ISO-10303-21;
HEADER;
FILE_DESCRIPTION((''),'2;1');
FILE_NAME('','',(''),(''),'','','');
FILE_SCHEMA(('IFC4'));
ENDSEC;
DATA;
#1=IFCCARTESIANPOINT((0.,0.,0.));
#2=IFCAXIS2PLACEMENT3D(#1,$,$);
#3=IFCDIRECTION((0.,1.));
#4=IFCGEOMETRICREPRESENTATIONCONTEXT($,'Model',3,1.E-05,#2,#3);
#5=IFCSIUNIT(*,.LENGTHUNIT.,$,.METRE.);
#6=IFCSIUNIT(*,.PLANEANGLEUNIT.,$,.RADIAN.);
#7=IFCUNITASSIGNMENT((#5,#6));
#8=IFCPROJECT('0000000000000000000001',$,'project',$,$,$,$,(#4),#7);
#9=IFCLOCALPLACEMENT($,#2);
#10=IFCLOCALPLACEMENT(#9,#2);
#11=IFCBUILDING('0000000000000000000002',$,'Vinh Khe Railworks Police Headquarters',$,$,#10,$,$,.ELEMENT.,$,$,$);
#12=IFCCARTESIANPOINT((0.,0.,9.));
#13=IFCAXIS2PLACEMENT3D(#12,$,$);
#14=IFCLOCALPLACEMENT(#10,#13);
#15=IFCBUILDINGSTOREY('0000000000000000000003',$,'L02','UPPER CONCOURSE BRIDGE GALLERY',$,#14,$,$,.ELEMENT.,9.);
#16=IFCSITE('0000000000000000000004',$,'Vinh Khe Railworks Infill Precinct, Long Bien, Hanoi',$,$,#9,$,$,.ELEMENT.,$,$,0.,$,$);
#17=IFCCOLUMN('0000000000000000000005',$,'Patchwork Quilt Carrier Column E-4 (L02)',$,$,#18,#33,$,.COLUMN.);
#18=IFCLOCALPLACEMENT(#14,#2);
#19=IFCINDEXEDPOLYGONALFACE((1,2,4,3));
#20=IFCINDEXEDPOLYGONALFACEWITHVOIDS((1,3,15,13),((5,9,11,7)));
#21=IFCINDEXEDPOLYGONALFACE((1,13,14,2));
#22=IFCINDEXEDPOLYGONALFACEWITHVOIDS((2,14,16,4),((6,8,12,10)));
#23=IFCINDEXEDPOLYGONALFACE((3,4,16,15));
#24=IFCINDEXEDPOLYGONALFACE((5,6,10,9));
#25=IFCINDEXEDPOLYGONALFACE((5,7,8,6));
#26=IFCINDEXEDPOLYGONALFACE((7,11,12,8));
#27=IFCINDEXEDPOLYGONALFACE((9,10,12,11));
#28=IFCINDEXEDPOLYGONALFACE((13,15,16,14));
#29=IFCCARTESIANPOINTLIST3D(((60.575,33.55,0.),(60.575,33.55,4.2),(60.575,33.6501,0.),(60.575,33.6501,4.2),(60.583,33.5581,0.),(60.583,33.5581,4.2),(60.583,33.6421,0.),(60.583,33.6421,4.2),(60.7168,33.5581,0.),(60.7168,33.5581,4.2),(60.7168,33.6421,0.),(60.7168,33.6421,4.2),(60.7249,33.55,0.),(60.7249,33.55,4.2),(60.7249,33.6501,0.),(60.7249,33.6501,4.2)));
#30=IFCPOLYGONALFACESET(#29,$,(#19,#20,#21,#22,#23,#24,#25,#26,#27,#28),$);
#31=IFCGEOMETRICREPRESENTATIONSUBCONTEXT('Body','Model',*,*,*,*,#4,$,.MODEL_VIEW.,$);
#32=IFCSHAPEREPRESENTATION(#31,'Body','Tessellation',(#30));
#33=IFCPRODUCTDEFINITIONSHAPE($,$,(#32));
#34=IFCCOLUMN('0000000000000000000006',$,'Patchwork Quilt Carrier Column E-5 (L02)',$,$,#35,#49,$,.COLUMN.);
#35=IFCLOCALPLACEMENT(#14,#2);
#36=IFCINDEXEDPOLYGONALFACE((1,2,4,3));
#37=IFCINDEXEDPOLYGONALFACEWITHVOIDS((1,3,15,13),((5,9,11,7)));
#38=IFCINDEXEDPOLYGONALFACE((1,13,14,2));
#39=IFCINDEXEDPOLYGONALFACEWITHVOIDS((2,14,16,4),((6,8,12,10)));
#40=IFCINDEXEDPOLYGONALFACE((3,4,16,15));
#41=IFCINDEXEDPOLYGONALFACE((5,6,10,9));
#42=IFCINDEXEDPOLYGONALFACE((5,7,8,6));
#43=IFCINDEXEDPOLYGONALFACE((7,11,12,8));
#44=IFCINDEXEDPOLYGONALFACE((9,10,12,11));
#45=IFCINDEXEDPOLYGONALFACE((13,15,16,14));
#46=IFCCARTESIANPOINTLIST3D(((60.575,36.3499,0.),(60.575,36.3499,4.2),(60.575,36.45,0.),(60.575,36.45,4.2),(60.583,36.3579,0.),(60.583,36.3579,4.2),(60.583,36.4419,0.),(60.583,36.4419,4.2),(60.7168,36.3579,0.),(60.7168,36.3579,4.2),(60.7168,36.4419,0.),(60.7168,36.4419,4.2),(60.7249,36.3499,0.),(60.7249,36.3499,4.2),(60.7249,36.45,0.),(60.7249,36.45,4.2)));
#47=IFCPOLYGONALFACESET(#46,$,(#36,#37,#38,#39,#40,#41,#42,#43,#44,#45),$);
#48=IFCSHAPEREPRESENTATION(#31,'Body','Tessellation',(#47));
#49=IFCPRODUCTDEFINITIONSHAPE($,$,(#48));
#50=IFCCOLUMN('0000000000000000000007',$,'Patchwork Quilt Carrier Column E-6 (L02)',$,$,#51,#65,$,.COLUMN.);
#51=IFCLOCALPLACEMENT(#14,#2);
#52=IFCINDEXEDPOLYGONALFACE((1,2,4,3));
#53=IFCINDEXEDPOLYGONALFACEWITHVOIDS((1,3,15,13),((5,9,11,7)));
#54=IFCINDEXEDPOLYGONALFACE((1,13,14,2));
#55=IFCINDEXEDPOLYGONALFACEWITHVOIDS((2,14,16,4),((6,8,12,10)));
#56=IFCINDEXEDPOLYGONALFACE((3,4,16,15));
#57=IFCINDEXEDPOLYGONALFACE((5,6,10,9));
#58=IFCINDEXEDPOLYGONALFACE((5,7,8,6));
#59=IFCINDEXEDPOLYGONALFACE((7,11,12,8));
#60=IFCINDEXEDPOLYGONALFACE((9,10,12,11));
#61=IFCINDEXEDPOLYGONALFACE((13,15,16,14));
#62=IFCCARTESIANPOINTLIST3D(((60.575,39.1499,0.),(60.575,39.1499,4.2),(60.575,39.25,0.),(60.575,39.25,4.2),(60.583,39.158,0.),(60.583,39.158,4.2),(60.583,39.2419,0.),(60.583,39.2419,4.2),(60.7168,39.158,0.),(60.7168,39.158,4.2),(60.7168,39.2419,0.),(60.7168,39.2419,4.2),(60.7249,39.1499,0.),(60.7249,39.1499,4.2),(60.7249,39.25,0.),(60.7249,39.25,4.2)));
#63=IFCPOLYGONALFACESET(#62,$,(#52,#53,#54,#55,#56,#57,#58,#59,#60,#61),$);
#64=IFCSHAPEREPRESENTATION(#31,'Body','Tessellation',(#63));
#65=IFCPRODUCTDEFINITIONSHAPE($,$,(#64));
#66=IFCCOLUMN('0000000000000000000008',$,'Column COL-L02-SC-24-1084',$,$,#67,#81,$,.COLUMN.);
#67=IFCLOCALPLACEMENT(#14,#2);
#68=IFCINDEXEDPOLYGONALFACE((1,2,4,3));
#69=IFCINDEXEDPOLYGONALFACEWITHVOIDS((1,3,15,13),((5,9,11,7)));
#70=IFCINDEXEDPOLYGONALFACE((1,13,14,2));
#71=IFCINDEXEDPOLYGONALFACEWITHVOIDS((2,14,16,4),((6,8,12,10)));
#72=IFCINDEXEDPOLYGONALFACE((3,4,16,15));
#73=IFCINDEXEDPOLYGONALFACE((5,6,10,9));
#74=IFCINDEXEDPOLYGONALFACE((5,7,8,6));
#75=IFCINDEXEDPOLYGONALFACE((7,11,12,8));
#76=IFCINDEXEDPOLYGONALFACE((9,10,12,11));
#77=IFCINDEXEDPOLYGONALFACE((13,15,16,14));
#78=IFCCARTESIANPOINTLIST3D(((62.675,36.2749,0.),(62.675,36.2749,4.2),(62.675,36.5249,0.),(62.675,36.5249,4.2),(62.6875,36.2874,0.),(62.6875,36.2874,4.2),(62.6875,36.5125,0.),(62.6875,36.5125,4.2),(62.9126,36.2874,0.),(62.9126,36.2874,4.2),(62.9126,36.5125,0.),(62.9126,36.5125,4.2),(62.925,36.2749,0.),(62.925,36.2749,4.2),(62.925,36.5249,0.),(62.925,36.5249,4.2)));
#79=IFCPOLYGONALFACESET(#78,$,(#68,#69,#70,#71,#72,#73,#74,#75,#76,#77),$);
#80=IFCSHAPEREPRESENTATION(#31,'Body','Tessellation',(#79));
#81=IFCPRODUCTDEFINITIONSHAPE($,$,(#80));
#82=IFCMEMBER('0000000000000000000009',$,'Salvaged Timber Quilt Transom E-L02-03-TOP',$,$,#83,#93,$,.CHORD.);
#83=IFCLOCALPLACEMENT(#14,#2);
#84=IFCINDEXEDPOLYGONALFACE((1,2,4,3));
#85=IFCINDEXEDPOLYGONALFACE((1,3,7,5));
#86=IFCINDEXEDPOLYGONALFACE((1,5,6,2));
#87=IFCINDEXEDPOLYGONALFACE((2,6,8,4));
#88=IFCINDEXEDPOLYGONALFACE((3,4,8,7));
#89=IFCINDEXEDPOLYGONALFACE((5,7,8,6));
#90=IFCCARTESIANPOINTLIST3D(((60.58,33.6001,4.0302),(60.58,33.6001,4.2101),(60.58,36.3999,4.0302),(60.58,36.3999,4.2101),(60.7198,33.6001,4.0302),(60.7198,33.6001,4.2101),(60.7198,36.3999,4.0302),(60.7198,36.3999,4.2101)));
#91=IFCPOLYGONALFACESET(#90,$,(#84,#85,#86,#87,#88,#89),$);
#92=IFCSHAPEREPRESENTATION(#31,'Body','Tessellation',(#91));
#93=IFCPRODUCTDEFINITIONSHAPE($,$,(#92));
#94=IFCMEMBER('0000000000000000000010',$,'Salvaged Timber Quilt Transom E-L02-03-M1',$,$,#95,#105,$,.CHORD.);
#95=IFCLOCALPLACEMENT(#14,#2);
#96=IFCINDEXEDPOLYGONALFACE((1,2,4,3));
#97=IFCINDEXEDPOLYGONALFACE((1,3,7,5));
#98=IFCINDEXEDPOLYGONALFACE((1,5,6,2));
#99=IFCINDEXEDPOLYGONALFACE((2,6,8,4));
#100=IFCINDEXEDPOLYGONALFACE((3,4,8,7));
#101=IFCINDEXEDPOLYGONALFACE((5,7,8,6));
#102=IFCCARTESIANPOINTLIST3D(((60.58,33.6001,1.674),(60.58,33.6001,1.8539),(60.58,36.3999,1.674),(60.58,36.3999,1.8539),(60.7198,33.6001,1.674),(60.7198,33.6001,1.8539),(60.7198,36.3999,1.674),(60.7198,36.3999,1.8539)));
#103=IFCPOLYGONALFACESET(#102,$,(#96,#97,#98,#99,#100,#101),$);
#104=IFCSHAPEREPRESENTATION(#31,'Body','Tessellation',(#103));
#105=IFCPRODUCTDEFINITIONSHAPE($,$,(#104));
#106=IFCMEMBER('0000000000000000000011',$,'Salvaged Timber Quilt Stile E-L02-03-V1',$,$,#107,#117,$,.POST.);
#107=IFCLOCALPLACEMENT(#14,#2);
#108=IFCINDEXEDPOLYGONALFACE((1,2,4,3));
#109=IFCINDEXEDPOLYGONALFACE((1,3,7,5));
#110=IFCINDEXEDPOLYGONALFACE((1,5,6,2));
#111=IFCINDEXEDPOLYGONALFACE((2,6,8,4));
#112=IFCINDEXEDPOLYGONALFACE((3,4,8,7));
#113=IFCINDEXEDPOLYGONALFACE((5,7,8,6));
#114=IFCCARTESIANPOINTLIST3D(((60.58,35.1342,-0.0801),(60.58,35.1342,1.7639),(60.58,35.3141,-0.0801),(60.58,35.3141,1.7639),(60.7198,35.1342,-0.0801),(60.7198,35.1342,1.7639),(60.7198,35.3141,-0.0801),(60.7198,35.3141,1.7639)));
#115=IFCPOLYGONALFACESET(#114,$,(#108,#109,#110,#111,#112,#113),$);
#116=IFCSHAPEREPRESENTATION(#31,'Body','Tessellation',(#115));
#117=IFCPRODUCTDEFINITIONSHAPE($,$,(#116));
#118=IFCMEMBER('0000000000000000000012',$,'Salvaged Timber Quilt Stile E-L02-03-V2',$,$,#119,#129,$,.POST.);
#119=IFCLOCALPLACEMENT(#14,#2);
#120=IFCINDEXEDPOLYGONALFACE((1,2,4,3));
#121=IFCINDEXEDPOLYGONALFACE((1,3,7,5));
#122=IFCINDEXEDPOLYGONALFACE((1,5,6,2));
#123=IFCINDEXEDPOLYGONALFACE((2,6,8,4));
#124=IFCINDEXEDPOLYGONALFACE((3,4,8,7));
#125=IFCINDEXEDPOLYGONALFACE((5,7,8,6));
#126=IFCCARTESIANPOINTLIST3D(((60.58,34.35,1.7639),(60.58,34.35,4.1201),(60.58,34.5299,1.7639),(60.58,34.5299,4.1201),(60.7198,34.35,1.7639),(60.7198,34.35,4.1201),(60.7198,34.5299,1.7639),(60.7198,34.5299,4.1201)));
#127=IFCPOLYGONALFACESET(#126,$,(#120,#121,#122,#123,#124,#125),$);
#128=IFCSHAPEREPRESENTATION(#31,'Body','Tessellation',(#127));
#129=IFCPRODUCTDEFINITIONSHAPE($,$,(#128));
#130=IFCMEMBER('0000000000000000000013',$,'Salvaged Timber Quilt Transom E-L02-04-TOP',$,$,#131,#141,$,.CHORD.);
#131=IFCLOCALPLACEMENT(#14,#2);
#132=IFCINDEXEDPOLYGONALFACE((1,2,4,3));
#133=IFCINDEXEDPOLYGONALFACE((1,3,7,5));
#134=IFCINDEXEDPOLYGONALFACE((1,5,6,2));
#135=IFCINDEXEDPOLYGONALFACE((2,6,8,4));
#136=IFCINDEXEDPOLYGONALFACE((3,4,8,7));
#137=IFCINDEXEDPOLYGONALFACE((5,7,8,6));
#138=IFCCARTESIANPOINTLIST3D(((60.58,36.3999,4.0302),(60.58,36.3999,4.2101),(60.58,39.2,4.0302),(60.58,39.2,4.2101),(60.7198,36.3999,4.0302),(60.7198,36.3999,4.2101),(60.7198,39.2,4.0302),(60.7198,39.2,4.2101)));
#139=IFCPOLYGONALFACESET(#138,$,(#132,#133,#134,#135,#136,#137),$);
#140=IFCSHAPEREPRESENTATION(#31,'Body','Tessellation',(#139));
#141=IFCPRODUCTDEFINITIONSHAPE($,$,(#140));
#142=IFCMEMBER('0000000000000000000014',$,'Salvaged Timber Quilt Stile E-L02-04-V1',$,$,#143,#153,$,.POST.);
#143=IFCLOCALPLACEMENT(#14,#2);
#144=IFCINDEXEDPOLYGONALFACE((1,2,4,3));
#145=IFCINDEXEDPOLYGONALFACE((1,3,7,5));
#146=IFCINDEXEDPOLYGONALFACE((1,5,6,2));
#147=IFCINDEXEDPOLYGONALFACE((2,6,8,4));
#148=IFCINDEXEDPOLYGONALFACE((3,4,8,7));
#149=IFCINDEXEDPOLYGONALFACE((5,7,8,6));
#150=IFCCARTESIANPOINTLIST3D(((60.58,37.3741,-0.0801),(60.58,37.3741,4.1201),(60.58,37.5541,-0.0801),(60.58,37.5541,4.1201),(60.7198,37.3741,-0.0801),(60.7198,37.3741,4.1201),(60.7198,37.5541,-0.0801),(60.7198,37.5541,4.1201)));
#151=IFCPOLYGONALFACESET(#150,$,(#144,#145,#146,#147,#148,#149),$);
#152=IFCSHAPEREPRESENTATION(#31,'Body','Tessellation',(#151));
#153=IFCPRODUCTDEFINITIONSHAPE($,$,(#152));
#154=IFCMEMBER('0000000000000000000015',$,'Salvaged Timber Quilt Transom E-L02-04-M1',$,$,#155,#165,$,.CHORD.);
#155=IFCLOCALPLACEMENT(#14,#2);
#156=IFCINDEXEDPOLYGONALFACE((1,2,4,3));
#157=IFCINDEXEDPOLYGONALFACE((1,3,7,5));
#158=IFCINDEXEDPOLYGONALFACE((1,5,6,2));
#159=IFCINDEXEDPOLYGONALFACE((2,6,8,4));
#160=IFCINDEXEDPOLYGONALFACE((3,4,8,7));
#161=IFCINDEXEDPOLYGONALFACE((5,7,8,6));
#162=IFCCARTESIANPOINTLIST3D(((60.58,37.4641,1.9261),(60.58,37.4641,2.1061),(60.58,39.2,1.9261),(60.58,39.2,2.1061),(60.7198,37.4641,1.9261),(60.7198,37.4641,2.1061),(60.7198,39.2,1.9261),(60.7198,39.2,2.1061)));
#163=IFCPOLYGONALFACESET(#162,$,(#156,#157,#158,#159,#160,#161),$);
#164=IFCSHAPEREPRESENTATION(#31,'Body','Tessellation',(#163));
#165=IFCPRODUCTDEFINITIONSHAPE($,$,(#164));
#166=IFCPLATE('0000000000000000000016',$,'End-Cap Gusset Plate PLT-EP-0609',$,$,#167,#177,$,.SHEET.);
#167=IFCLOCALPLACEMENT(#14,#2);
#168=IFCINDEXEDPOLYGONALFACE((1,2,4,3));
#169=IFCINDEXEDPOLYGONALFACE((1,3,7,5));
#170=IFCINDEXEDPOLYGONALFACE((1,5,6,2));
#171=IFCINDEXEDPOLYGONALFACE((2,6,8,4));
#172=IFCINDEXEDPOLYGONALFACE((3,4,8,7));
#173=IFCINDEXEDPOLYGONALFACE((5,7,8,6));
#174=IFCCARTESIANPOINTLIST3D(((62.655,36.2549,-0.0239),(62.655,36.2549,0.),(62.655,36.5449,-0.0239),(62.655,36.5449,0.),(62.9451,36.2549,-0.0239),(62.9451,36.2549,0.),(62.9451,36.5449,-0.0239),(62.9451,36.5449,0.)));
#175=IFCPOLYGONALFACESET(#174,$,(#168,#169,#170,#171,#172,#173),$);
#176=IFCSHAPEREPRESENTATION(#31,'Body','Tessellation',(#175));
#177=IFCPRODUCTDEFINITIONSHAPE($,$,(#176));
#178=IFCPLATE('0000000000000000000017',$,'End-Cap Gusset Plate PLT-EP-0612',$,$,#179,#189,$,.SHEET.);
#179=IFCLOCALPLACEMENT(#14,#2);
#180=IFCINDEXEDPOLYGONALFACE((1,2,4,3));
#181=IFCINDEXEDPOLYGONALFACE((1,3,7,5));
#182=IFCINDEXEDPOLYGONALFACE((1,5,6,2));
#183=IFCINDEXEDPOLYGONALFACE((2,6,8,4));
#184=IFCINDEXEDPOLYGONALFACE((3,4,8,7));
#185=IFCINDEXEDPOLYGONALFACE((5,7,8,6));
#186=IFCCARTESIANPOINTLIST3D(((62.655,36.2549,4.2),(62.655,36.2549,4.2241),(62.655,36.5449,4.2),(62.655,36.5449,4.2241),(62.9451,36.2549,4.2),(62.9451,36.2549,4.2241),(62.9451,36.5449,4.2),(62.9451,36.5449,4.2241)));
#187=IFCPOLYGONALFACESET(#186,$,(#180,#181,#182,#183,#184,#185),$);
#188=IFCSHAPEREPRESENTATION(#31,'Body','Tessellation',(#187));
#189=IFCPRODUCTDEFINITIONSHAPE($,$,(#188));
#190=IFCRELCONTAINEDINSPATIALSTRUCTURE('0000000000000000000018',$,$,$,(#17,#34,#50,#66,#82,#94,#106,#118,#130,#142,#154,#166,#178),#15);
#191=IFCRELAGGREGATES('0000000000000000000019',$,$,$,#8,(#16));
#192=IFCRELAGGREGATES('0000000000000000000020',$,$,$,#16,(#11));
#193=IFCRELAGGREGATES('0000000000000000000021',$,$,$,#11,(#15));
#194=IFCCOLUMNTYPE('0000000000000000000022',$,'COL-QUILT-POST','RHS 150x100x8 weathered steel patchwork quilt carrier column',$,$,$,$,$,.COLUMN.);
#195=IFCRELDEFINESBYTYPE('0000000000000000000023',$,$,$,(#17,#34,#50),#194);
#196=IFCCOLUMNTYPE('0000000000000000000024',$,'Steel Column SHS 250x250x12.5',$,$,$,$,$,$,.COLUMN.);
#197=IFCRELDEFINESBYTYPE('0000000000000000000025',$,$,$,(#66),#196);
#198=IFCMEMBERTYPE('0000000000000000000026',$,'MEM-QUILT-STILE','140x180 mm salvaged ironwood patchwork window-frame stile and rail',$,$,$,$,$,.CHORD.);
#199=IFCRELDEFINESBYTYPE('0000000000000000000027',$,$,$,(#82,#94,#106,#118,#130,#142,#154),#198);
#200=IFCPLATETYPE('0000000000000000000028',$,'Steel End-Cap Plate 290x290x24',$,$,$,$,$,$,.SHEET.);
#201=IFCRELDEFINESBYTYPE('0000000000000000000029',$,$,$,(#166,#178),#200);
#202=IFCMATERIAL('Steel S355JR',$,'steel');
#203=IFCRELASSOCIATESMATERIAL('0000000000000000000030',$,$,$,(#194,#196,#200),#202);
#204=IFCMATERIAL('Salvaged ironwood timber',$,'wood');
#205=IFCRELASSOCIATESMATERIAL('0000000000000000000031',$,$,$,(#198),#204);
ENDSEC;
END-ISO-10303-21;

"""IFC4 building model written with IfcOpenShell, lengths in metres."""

from ifc_helpers import new_model, si_unit, direction, frame, origin, origin_2d, place, context, subcontext, project, spatial, rectangle, hollow_rectangle, extrude, material, material_profile, profile_set, type_object, element, save


model = new_model("IFC4")

# Units and contexts
model_context = context("Model", 3, precision=1e-05, world=origin(), true_north=direction((0.0, 1.0)))
body_context = subcontext(model_context, "Body", "Model", "MODEL_VIEW")
ifc_project = project(units=[si_unit("LENGTHUNIT", "METRE"), si_unit("PLANEANGLEUNIT", "RADIAN")], contexts=[model_context])

# Site, building, storey
site_placement = place(None, origin())
site = spatial("IfcSite", under=ifc_project, at=site_placement, Name="Vinh Khe Railworks Infill Precinct, Long Bien, Hanoi", CompositionType="ELEMENT", RefElevation=0.0)
building_placement = place(site_placement, origin())
building = spatial("IfcBuilding", under=site, at=building_placement, Name="Vinh Khe Railworks Police Headquarters", CompositionType="ELEMENT")
storey_placement = place(building_placement, frame((0.0, 0.0, 9.0)))
storey = spatial("IfcBuildingStorey", under=building, at=storey_placement, Name="L02", Description="UPPER CONCOURSE BRIDGE GALLERY", CompositionType="ELEMENT", Elevation=9.0)

# Columns
ifc_material_1 = material(Name="Steel S355JR", Category="steel")
ifc_material_profile_1 = material_profile(ifc_material_1, hollow_rectangle(XDim=0.1499, YDim=0.1001, WallThickness=0.0081, at=origin_2d()), Name="RHS 150x100x8")
ifc_profile_set_1 = profile_set([ifc_material_profile_1], Name="Steel S355JR")
column_type_1 = type_object("IfcColumnType", Name="COL-QUILT-POST", Description="RHS 150x100x8 weathered steel patchwork quilt carrier column", PredefinedType="COLUMN", material=ifc_profile_set_1)
for number, where, z_axis, x_axis, name in (
    (1, (60.6499, 33.6001, 0.0), (0.0, 0.0, 1.0), (1.0, 0.0, 0.0), "Patchwork Quilt Carrier Column E-4 (L02)"),
    (2, (60.6499, 36.3999, 0.0), (0.0, 0.0, 1.0), (1.0, 0.0, 0.0), "Patchwork Quilt Carrier Column E-5 (L02)"),
    (3, (60.6499, 39.2, 0.0), (0.0, 0.0, 1.0), (1.0, 0.0, 0.0), "Patchwork Quilt Carrier Column E-6 (L02)"),
):
    element("IfcColumn", number, at=place(storey_placement, frame(where, z_axis=z_axis, x_axis=x_axis)), inside=storey, type_object=column_type_1, Name=name, PredefinedType="COLUMN", context=body_context, shape_type="SweptSolid", body=[
        extrude(hollow_rectangle(XDim=0.1499, YDim=0.1001, WallThickness=0.0081, at=origin_2d()), origin(), (0.0, 0.0, 1.0), 4.2),
    ])
ifc_material_profile_2 = material_profile(ifc_material_1, hollow_rectangle(XDim=0.25, YDim=0.25, WallThickness=0.0125, at=origin_2d()), Name="SHS 250x250x12.5")
ifc_profile_set_2 = profile_set([ifc_material_profile_2], Name="Steel S355JR")
column_type_2 = type_object("IfcColumnType", Name="Steel Column SHS 250x250x12.5", PredefinedType="COLUMN", material=ifc_profile_set_2)
column_placement = place(storey_placement, frame((62.8, 36.3999, 0.0), z_axis=(0.0, 0.0, 1.0), x_axis=(1.0, 0.0, 0.0)))
element("IfcColumn", 4, at=column_placement, inside=storey, type_object=column_type_2, Name="Column COL-L02-SC-24-1084", PredefinedType="COLUMN", context=body_context, shape_type="SweptSolid", body=[
    extrude(hollow_rectangle(XDim=0.25, YDim=0.25, WallThickness=0.0125, at=origin_2d()), origin(), (0.0, 0.0, 1.0), 4.2),
])

# Members
ifc_material_2 = material(Name="Salvaged ironwood timber", Category="wood")
ifc_material_profile_3 = material_profile(ifc_material_2, rectangle(XDim=0.1399, YDim=0.1799, at=origin_2d()), Name="TIMBER 140x180")
ifc_profile_set_3 = profile_set([ifc_material_profile_3], Name="Salvaged ironwood timber")
member_type = type_object("IfcMemberType", Name="MEM-QUILT-STILE", Description="140x180 mm salvaged ironwood patchwork window-frame stile and rail", PredefinedType="CHORD", material=ifc_profile_set_3)
for number, where, z_axis, x_axis, name in (
    (5, (60.6499, 33.6001, 4.1201), (0.0, 1.0, 0.0), (-1.0, 0.0, 0.0), "Salvaged Timber Quilt Transom E-L02-03-TOP"),
    (6, (60.6499, 33.6001, 1.7639), (0.0, 1.0, 0.0), (-1.0, 0.0, 0.0), "Salvaged Timber Quilt Transom E-L02-03-M1"),
):
    element("IfcMember", number, at=place(storey_placement, frame(where, z_axis=z_axis, x_axis=x_axis)), inside=storey, type_object=member_type, Name=name, PredefinedType="CHORD", context=body_context, shape_type="SweptSolid", body=[
        extrude(rectangle(XDim=0.1399, YDim=0.1799, at=origin_2d()), origin(), (0.0, 0.0, 1.0), 2.7998),
    ])
member_1_placement = place(storey_placement, frame((60.6499, 35.2241, -0.0801), z_axis=(0.0, 0.0, 1.0), x_axis=(1.0, 0.0, 0.0)))
element("IfcMember", 7, at=member_1_placement, inside=storey, type_object=member_type, Name="Salvaged Timber Quilt Stile E-L02-03-V1", PredefinedType="POST", context=body_context, shape_type="SweptSolid", body=[
    extrude(rectangle(XDim=0.1399, YDim=0.1799, at=origin_2d()), origin(), (0.0, 0.0, 1.0), 1.844),
])
member_2_placement = place(storey_placement, frame((60.6499, 34.4399, 1.7639), z_axis=(0.0, 0.0, 1.0), x_axis=(1.0, 0.0, 0.0)))
element("IfcMember", 8, at=member_2_placement, inside=storey, type_object=member_type, Name="Salvaged Timber Quilt Stile E-L02-03-V2", PredefinedType="POST", context=body_context, shape_type="SweptSolid", body=[
    extrude(rectangle(XDim=0.1399, YDim=0.1799, at=origin_2d()), origin(), (0.0, 0.0, 1.0), 2.3562),
])
member_3_placement = place(storey_placement, frame((60.6499, 36.3999, 4.1201), z_axis=(0.0, 1.0, 0.0), x_axis=(-1.0, 0.0, 0.0)))
element("IfcMember", 9, at=member_3_placement, inside=storey, type_object=member_type, Name="Salvaged Timber Quilt Transom E-L02-04-TOP", PredefinedType="CHORD", context=body_context, shape_type="SweptSolid", body=[
    extrude(rectangle(XDim=0.1399, YDim=0.1799, at=origin_2d()), origin(), (0.0, 0.0, 1.0), 2.8),
])
member_4_placement = place(storey_placement, frame((60.6499, 37.4641, -0.0801), z_axis=(0.0, 0.0, 1.0), x_axis=(1.0, 0.0, 0.0)))
element("IfcMember", 10, at=member_4_placement, inside=storey, type_object=member_type, Name="Salvaged Timber Quilt Stile E-L02-04-V1", PredefinedType="POST", context=body_context, shape_type="SweptSolid", body=[
    extrude(rectangle(XDim=0.1399, YDim=0.1799, at=origin_2d()), origin(), (0.0, 0.0, 1.0), 4.2002),
])
member_5_placement = place(storey_placement, frame((60.6499, 37.4641, 2.0161), z_axis=(0.0, 1.0, 0.0), x_axis=(-1.0, 0.0, 0.0)))
element("IfcMember", 11, at=member_5_placement, inside=storey, type_object=member_type, Name="Salvaged Timber Quilt Transom E-L02-04-M1", PredefinedType="CHORD", context=body_context, shape_type="SweptSolid", body=[
    extrude(rectangle(XDim=0.1399, YDim=0.1799, at=origin_2d()), origin(), (0.0, 0.0, 1.0), 1.7358),
])

# Plates
ifc_material_profile_4 = material_profile(ifc_material_1, rectangle(XDim=0.29, YDim=0.29, at=origin_2d()), Name="PL 290x290")
ifc_profile_set_4 = profile_set([ifc_material_profile_4], Name="Steel S355JR")
plate_type = type_object("IfcPlateType", Name="Steel End-Cap Plate 290x290x24", PredefinedType="SHEET", material=ifc_profile_set_4)
plate_1_placement = place(storey_placement, frame((62.8, 36.3999, 0.0), z_axis=(0.0, 0.0, -1.0), x_axis=(1.0, 0.0, 0.0)))
element("IfcPlate", 12, at=plate_1_placement, inside=storey, type_object=plate_type, Name="End-Cap Gusset Plate PLT-EP-0609", PredefinedType="SHEET", context=body_context, shape_type="SweptSolid", body=[
    extrude(rectangle(XDim=0.29, YDim=0.29, at=origin_2d()), origin(), (0.0, 0.0, 1.0), 0.0239),
])
plate_2_placement = place(storey_placement, frame((62.8, 36.3999, 4.2), z_axis=(0.0, 0.0, 1.0), x_axis=(1.0, 0.0, 0.0)))
element("IfcPlate", 13, at=plate_2_placement, inside=storey, type_object=plate_type, Name="End-Cap Gusset Plate PLT-EP-0612", PredefinedType="SHEET", context=body_context, shape_type="SweptSolid", body=[
    extrude(rectangle(XDim=0.29, YDim=0.29, at=origin_2d()), origin(), (0.0, 0.0, 1.0), 0.0242),
])

save(model, "model.ifc")
